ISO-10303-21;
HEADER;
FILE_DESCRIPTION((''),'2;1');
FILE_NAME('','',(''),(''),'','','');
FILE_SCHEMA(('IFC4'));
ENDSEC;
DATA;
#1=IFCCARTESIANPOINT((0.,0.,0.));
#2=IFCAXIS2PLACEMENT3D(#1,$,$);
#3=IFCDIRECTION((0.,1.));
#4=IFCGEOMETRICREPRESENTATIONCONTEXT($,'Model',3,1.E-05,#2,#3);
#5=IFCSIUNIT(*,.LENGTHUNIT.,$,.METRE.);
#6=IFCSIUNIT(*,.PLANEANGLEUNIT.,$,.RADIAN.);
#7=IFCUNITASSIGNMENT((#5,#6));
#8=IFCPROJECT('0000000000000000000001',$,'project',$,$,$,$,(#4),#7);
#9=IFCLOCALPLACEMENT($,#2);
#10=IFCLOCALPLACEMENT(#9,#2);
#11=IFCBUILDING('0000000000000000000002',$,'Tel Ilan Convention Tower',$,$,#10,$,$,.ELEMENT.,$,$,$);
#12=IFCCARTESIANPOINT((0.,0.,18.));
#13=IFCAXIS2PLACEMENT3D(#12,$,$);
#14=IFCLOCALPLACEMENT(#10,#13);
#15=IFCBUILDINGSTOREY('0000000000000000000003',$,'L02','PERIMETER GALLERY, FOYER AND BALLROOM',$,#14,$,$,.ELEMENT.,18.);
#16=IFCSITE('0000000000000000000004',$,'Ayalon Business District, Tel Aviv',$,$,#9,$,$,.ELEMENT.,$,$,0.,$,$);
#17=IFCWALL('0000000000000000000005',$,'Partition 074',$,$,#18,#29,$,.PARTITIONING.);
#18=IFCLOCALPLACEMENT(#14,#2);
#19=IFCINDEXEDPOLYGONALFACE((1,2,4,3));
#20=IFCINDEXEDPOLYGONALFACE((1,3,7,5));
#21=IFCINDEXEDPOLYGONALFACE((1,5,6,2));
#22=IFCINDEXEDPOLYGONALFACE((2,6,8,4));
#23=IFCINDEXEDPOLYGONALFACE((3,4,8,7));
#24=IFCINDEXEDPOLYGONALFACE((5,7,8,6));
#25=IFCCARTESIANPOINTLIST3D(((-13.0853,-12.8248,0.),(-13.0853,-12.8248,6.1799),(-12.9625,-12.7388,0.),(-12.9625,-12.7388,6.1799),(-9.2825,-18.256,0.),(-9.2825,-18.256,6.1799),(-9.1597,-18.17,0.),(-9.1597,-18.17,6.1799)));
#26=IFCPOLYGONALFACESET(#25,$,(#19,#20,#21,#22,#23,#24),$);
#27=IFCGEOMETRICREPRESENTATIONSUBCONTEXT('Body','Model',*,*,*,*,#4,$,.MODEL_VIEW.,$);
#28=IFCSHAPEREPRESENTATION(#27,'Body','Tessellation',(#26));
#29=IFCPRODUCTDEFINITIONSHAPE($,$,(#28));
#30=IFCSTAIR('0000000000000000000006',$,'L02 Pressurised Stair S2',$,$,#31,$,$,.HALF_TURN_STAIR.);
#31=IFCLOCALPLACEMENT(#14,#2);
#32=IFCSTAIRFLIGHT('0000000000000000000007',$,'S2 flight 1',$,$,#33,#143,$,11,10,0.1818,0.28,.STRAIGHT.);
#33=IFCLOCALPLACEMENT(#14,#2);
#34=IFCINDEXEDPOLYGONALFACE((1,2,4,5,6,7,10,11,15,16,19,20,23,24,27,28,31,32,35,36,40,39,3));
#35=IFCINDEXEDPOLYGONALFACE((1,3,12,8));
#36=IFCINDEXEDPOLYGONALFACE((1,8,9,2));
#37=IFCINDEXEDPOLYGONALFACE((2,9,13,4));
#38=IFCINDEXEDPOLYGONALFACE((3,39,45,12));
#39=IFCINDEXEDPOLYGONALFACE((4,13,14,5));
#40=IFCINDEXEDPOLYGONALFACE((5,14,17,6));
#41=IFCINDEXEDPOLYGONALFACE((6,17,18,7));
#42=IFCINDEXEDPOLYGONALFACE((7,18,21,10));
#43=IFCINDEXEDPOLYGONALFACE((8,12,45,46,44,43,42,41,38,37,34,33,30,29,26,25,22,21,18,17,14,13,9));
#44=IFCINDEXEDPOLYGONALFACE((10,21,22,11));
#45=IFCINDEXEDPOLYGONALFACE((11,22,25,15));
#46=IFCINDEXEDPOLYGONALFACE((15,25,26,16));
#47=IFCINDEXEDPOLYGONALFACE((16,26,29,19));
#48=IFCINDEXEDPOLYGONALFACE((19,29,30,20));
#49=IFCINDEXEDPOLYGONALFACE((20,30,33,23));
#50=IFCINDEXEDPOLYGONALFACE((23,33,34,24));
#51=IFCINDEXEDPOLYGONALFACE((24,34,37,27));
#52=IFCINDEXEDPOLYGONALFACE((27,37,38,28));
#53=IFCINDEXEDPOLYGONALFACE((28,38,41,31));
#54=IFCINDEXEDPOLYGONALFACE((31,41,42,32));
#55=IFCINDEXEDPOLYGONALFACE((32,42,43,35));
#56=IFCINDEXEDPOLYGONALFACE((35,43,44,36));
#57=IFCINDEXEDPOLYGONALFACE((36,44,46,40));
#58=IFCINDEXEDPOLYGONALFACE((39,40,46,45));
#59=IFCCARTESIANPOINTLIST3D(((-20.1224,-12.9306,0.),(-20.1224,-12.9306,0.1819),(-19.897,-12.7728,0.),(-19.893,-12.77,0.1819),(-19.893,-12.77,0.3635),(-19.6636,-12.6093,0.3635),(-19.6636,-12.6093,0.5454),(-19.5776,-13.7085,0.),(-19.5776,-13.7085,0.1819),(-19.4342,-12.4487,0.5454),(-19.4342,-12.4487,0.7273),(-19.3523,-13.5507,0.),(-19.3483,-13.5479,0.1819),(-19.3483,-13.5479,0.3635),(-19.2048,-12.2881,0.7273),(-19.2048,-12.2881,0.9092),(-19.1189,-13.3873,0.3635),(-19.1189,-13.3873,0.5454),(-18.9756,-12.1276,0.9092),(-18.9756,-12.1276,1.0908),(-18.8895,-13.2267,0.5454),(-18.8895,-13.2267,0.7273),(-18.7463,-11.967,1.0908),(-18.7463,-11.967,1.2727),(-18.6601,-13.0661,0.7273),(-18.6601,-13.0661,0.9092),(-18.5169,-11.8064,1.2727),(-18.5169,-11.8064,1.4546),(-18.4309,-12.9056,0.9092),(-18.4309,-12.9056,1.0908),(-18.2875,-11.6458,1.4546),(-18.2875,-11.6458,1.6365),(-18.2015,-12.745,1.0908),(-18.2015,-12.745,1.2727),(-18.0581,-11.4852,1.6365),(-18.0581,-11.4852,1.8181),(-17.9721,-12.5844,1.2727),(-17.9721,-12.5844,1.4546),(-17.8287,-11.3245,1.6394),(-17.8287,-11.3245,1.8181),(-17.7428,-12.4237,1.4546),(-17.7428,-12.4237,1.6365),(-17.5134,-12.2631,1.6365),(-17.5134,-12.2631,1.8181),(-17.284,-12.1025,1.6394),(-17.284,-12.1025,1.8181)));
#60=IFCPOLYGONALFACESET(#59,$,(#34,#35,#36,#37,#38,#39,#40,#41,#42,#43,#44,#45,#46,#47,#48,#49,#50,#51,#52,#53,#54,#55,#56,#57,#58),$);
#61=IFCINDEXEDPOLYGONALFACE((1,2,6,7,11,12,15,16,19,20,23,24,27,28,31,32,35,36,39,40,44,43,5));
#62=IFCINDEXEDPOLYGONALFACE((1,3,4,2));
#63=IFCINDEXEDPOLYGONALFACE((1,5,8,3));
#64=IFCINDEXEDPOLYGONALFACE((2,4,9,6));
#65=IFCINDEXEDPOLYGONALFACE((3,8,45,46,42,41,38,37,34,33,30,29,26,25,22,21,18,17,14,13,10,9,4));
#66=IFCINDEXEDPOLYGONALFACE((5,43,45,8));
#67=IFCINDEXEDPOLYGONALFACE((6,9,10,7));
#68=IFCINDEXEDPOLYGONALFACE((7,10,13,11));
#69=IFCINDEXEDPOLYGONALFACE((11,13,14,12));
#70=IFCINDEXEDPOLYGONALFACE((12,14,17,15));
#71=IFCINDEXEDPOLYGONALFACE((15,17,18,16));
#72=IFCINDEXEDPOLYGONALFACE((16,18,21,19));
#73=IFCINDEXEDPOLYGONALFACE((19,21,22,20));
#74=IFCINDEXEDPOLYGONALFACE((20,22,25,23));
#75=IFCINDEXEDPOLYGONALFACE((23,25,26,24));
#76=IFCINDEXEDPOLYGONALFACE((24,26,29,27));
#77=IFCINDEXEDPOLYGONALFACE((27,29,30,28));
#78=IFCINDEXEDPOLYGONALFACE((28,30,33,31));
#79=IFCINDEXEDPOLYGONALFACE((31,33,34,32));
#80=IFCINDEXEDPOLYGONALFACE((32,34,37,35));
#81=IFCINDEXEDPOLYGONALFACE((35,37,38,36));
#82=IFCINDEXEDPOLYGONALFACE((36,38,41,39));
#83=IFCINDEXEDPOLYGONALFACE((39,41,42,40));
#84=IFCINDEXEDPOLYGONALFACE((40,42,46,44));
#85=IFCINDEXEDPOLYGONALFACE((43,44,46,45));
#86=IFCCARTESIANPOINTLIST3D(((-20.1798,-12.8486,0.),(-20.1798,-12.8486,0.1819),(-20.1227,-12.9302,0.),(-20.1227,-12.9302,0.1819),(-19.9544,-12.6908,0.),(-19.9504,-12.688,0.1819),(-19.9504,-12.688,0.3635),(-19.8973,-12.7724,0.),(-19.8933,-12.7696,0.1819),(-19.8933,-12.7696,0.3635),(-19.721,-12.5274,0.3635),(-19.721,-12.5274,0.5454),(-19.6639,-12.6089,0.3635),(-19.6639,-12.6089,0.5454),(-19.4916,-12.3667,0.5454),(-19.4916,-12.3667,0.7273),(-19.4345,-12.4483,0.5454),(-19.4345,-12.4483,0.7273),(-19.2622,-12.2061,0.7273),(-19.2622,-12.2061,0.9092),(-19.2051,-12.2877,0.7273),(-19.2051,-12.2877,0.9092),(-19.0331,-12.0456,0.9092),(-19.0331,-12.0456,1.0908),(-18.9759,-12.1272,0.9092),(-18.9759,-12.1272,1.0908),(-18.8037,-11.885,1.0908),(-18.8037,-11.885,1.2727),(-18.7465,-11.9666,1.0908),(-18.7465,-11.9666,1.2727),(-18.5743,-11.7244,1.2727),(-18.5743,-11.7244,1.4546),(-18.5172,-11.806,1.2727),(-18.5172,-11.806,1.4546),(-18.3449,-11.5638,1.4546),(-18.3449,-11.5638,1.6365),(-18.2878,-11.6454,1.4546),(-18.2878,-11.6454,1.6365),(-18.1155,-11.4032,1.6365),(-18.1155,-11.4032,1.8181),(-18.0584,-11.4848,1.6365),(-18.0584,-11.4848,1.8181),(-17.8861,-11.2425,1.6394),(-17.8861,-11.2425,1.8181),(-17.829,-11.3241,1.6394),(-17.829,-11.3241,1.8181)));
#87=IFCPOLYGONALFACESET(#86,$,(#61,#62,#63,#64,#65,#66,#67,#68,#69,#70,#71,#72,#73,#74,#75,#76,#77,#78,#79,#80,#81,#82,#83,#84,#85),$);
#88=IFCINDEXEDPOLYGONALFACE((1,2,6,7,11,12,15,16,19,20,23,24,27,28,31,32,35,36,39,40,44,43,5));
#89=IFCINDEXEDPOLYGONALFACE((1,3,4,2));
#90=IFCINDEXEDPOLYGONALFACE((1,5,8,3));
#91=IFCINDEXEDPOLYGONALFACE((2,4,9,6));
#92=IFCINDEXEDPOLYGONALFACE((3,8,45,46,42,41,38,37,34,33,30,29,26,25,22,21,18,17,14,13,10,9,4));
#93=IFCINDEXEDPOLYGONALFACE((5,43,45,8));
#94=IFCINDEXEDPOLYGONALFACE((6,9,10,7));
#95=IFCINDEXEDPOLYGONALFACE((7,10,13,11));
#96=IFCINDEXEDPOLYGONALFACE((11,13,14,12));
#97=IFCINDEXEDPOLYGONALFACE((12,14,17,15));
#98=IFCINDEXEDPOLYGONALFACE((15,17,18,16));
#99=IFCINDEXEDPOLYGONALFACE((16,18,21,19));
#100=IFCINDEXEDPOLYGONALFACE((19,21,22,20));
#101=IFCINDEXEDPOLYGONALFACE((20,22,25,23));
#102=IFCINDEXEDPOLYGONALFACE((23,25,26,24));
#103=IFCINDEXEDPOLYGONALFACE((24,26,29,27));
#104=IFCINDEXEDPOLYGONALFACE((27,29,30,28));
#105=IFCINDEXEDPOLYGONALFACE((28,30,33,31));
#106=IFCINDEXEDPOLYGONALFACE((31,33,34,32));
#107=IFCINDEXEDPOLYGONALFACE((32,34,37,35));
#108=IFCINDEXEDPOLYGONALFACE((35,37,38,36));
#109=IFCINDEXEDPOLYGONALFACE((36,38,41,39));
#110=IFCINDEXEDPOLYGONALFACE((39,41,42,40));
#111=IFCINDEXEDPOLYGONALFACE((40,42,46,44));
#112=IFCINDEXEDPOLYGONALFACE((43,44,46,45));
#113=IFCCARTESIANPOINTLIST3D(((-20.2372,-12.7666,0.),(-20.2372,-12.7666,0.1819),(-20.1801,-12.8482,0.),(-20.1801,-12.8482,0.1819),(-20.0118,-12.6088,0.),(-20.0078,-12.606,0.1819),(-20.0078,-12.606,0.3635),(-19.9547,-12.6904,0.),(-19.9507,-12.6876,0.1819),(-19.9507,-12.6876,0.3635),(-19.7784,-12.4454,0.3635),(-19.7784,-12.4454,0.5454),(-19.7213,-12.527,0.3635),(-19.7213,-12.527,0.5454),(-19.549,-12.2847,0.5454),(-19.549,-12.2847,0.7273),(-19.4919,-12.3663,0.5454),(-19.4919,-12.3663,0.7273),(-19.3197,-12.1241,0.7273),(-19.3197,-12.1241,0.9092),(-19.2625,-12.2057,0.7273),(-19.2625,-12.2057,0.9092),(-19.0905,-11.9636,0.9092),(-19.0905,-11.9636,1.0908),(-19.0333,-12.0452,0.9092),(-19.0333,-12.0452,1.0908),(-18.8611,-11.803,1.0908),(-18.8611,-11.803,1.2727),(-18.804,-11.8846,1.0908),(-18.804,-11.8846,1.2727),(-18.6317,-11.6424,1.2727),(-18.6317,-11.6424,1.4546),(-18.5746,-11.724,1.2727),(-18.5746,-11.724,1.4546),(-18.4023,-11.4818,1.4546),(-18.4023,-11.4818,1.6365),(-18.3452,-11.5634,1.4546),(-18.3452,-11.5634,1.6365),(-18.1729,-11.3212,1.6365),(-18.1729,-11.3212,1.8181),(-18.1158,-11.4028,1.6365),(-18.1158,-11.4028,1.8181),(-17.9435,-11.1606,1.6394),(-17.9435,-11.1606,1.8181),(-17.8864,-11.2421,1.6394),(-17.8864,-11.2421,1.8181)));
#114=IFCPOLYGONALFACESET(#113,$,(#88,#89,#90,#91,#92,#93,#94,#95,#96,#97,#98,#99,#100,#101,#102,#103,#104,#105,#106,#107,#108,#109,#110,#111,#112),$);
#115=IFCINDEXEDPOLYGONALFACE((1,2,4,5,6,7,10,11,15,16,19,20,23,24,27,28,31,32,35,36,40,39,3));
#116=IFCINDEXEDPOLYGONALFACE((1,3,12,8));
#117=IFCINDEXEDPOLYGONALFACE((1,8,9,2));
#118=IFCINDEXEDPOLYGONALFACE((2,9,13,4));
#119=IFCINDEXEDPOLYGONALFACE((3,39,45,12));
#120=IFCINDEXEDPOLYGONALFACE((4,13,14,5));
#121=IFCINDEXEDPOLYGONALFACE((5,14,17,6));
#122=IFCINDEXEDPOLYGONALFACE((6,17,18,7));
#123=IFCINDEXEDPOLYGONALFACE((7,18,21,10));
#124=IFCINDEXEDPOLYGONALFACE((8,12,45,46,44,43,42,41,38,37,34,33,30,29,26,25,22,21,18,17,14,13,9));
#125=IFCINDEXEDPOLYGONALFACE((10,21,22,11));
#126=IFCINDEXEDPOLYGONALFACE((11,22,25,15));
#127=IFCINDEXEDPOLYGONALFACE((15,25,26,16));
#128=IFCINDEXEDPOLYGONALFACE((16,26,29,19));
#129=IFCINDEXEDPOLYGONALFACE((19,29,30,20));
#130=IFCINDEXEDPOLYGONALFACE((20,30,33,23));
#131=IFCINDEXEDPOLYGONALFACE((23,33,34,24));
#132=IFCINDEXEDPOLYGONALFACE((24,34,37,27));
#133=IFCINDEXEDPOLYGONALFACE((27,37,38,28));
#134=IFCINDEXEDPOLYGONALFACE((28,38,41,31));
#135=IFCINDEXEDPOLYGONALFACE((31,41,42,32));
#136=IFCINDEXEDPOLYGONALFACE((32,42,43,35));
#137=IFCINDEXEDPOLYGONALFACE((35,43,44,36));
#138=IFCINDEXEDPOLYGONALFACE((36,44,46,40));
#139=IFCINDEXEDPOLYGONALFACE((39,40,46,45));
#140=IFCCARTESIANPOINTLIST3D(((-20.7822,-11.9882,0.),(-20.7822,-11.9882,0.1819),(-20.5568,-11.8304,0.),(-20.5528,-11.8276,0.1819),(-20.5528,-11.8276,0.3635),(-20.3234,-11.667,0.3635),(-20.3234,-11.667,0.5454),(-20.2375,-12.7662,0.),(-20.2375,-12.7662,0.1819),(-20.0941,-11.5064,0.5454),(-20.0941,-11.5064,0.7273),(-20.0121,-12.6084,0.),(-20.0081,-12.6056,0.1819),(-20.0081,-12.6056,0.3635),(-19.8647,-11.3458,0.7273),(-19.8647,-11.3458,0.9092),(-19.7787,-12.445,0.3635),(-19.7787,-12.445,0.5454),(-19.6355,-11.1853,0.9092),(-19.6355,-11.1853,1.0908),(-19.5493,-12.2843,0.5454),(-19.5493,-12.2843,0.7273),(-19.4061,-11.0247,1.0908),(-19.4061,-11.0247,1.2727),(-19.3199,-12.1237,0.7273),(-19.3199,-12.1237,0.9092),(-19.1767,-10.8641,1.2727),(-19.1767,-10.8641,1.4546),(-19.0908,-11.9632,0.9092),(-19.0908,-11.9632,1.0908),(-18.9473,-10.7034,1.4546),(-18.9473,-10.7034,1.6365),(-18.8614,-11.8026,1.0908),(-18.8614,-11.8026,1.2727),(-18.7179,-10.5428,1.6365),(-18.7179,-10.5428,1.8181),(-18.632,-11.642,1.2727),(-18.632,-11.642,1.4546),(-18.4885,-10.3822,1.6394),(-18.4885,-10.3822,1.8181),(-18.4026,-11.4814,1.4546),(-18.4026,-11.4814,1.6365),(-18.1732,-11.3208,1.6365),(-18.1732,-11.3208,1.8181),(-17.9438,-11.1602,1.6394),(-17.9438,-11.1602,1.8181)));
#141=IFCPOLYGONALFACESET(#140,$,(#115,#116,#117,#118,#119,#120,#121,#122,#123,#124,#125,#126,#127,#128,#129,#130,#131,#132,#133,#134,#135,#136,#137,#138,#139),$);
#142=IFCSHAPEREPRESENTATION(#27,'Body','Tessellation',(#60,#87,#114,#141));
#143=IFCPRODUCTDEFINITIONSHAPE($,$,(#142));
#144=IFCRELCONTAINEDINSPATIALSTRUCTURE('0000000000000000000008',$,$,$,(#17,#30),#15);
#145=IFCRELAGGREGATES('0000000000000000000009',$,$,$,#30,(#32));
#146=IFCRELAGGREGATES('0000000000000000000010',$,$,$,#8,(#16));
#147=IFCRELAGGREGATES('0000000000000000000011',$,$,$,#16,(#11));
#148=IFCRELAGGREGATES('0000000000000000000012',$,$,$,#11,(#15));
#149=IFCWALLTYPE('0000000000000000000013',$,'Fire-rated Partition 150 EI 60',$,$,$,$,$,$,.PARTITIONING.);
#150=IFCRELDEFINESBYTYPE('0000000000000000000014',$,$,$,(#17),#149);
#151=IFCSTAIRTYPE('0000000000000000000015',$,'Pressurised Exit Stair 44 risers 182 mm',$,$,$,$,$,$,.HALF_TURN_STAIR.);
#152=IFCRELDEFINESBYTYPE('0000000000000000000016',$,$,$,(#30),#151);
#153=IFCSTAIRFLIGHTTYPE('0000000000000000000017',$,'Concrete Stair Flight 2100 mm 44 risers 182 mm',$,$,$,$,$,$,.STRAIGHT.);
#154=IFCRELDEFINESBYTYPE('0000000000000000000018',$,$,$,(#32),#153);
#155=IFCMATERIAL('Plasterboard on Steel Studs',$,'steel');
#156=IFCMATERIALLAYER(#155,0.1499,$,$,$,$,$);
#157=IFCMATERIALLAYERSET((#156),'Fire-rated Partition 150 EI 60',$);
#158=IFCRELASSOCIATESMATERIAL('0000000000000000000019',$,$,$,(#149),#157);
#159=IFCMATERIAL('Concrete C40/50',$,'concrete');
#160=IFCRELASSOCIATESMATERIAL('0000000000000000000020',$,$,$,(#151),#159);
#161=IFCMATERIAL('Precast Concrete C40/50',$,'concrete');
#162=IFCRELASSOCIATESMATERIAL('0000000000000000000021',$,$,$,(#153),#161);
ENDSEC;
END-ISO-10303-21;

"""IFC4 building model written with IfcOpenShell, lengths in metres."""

from ifc_helpers import new_model, si_unit, direction, frame, frame_2d, origin, place, context, subcontext, project, spatial, polyline, rectangle, outline, extrude, material, layer, layer_set, type_object, element, aggregate, save


model = new_model("IFC4")

# Units and contexts
model_context = context("Model", 3, precision=1e-05, world=origin(), true_north=direction((0.0, 1.0)))
body_context = subcontext(model_context, "Body", "Model", "MODEL_VIEW")
ifc_project = project(units=[si_unit("LENGTHUNIT", "METRE"), si_unit("PLANEANGLEUNIT", "RADIAN")], contexts=[model_context])

# Site, building, storey
site_placement = place(None, origin())
site = spatial("IfcSite", under=ifc_project, at=site_placement, Name="Ayalon Business District, Tel Aviv", CompositionType="ELEMENT", RefElevation=0.0)
building_placement = place(site_placement, origin())
building = spatial("IfcBuilding", under=site, at=building_placement, Name="Tel Ilan Convention Tower", CompositionType="ELEMENT")
storey_placement = place(building_placement, frame((0.0, 0.0, 18.0)))
storey = spatial("IfcBuildingStorey", under=building, at=storey_placement, Name="L02", Description="PERIMETER GALLERY, FOYER AND BALLROOM", CompositionType="ELEMENT", Elevation=18.0)

# Shared definitions
ifc_material_1 = material(Name="Plasterboard on Steel Studs", Category="steel")
ifc_layer = layer(ifc_material_1, 0.1499)
ifc_layer_set = layer_set([ifc_layer], Name="Fire-rated Partition 150 EI 60")
wall_type = type_object("IfcWallType", Name="Fire-rated Partition 150 EI 60", PredefinedType="PARTITIONING", material=ifc_layer_set)

# Wall
wall_1_placement = place(storey_placement, frame((-9.2212, -18.2129, 0.0), z_axis=(0.0, 0.0, 1.0), x_axis=(-0.573556, 0.819166, 0.0)))
element("IfcWall", 1, at=wall_1_placement, inside=storey, type_object=wall_type, Name="Partition 074", PredefinedType="PARTITIONING", context=body_context, shape_type="SweptSolid", body=[
    extrude(rectangle(XDim=6.6301, YDim=0.1499, at=frame_2d((3.3149, 0.0))), origin(), (0.0, 0.0, 1.0), 6.1799),
])

# Stair, stair flight
ifc_material_2 = material(Name="Concrete C40/50", Category="concrete")
stair_type = type_object("IfcStairType", Name="Pressurised Exit Stair 44 risers 182 mm", PredefinedType="HALF_TURN_STAIR", material=ifc_material_2)
stair_placement = place(storey_placement, origin())
stair = element("IfcStair", 2, at=stair_placement, inside=storey, type_object=stair_type, Name="L02 Pressurised Stair S2", PredefinedType="HALF_TURN_STAIR")
ifc_material_3 = material(Name="Precast Concrete C40/50", Category="concrete")
stair_flight_type = type_object("IfcStairFlightType", Name="Concrete Stair Flight 2100 mm 44 risers 182 mm", PredefinedType="STRAIGHT", material=ifc_material_3)
stair_flight_1_placement = place(storey_placement, frame((-20.1799, -12.8484, 0.0), z_axis=(0.0, 0.0, 1.0), x_axis=(0.819152, 0.573576, 0.0)))
stair_flight_1 = element("IfcStairFlight", 3, at=stair_flight_1_placement, type_object=stair_flight_type, Name="S2 flight 1", NumberOfRisers=11, NumberOfTreads=10, PredefinedType="STRAIGHT", RiserHeight=0.1818, TreadLength=0.28, context=body_context, shape_type="SweptSolid", body=[
    extrude(outline(polyline([(0.0, 0.0), (0.0, 0.1819), (0.28, 0.1819), (0.28, 0.3635), (0.5601, 0.3635), (0.5601, 0.5454), (0.8401, 0.5454), (0.8401, 0.7273), (1.1201, 0.7273), (1.1201, 0.9092), (1.3999, 0.9092), (1.3999, 1.0908), (1.6799, 1.0908), (1.6799, 1.2727), (1.96, 1.2727), (1.96, 1.4546), (2.24, 1.4546), (2.24, 1.6365), (2.52, 1.6365), (2.52, 1.8181), (2.8, 1.8181), (2.8, 2.0), (2.8, 1.6394), (0.2751, 0.0), (0.0, 0.0)])), frame((0.0, -0.1003, 0.0), z_axis=(0.0, -1.0, 0.0), x_axis=(1.0, 0.0, 0.0)), (0.0, 0.0, 1.0), 0.9497),
    extrude(outline(polyline([(0.0, 0.0), (0.0, 0.1819), (0.28, 0.1819), (0.28, 0.3635), (0.5601, 0.3635), (0.5601, 0.5454), (0.8401, 0.5454), (0.8401, 0.7273), (1.1201, 0.7273), (1.1201, 0.9092), (1.3999, 0.9092), (1.3999, 1.0908), (1.6799, 1.0908), (1.6799, 1.2727), (1.96, 1.2727), (1.96, 1.4546), (2.24, 1.4546), (2.24, 1.6365), (2.52, 1.6365), (2.52, 1.8181), (2.8, 1.8181), (2.8, 2.0), (2.8, 1.6394), (0.2751, 0.0), (0.0, 0.0)])), frame((0.0, -0.0002, 0.0), z_axis=(0.0, -1.0, 0.0), x_axis=(1.0, 0.0, 0.0)), (0.0, 0.0, 1.0), 0.0996),
    extrude(outline(polyline([(0.0, 0.0), (0.0, 0.1819), (0.28, 0.1819), (0.28, 0.3635), (0.5601, 0.3635), (0.5601, 0.5454), (0.8401, 0.5454), (0.8401, 0.7273), (1.1201, 0.7273), (1.1201, 0.9092), (1.3999, 0.9092), (1.3999, 1.0908), (1.6799, 1.0908), (1.6799, 1.2727), (1.96, 1.2727), (1.96, 1.4546), (2.24, 1.4546), (2.24, 1.6365), (2.52, 1.6365), (2.52, 1.8181), (2.8, 1.8181), (2.8, 2.0), (2.8, 1.6394), (0.2751, 0.0), (0.0, 0.0)])), frame((0.0, 0.0999, 0.0), z_axis=(0.0, -1.0, 0.0), x_axis=(1.0, 0.0, 0.0)), (0.0, 0.0, 1.0), 0.0996),
    extrude(outline(polyline([(0.0, 0.0), (0.0, 0.1819), (0.28, 0.1819), (0.28, 0.3635), (0.5601, 0.3635), (0.5601, 0.5454), (0.8401, 0.5454), (0.8401, 0.7273), (1.1201, 0.7273), (1.1201, 0.9092), (1.3999, 0.9092), (1.3999, 1.0908), (1.6799, 1.0908), (1.6799, 1.2727), (1.96, 1.2727), (1.96, 1.4546), (2.24, 1.4546), (2.24, 1.6365), (2.52, 1.6365), (2.52, 1.8181), (2.8, 1.8181), (2.8, 2.0), (2.8, 1.6394), (0.2751, 0.0), (0.0, 0.0)])), frame((0.0, 1.05, 0.0), z_axis=(0.0, -1.0, 0.0), x_axis=(1.0, 0.0, 0.0)), (0.0, 0.0, 1.0), 0.9497),
])
aggregate(stair, [stair_flight_1])

save(model, "model.ifc")
